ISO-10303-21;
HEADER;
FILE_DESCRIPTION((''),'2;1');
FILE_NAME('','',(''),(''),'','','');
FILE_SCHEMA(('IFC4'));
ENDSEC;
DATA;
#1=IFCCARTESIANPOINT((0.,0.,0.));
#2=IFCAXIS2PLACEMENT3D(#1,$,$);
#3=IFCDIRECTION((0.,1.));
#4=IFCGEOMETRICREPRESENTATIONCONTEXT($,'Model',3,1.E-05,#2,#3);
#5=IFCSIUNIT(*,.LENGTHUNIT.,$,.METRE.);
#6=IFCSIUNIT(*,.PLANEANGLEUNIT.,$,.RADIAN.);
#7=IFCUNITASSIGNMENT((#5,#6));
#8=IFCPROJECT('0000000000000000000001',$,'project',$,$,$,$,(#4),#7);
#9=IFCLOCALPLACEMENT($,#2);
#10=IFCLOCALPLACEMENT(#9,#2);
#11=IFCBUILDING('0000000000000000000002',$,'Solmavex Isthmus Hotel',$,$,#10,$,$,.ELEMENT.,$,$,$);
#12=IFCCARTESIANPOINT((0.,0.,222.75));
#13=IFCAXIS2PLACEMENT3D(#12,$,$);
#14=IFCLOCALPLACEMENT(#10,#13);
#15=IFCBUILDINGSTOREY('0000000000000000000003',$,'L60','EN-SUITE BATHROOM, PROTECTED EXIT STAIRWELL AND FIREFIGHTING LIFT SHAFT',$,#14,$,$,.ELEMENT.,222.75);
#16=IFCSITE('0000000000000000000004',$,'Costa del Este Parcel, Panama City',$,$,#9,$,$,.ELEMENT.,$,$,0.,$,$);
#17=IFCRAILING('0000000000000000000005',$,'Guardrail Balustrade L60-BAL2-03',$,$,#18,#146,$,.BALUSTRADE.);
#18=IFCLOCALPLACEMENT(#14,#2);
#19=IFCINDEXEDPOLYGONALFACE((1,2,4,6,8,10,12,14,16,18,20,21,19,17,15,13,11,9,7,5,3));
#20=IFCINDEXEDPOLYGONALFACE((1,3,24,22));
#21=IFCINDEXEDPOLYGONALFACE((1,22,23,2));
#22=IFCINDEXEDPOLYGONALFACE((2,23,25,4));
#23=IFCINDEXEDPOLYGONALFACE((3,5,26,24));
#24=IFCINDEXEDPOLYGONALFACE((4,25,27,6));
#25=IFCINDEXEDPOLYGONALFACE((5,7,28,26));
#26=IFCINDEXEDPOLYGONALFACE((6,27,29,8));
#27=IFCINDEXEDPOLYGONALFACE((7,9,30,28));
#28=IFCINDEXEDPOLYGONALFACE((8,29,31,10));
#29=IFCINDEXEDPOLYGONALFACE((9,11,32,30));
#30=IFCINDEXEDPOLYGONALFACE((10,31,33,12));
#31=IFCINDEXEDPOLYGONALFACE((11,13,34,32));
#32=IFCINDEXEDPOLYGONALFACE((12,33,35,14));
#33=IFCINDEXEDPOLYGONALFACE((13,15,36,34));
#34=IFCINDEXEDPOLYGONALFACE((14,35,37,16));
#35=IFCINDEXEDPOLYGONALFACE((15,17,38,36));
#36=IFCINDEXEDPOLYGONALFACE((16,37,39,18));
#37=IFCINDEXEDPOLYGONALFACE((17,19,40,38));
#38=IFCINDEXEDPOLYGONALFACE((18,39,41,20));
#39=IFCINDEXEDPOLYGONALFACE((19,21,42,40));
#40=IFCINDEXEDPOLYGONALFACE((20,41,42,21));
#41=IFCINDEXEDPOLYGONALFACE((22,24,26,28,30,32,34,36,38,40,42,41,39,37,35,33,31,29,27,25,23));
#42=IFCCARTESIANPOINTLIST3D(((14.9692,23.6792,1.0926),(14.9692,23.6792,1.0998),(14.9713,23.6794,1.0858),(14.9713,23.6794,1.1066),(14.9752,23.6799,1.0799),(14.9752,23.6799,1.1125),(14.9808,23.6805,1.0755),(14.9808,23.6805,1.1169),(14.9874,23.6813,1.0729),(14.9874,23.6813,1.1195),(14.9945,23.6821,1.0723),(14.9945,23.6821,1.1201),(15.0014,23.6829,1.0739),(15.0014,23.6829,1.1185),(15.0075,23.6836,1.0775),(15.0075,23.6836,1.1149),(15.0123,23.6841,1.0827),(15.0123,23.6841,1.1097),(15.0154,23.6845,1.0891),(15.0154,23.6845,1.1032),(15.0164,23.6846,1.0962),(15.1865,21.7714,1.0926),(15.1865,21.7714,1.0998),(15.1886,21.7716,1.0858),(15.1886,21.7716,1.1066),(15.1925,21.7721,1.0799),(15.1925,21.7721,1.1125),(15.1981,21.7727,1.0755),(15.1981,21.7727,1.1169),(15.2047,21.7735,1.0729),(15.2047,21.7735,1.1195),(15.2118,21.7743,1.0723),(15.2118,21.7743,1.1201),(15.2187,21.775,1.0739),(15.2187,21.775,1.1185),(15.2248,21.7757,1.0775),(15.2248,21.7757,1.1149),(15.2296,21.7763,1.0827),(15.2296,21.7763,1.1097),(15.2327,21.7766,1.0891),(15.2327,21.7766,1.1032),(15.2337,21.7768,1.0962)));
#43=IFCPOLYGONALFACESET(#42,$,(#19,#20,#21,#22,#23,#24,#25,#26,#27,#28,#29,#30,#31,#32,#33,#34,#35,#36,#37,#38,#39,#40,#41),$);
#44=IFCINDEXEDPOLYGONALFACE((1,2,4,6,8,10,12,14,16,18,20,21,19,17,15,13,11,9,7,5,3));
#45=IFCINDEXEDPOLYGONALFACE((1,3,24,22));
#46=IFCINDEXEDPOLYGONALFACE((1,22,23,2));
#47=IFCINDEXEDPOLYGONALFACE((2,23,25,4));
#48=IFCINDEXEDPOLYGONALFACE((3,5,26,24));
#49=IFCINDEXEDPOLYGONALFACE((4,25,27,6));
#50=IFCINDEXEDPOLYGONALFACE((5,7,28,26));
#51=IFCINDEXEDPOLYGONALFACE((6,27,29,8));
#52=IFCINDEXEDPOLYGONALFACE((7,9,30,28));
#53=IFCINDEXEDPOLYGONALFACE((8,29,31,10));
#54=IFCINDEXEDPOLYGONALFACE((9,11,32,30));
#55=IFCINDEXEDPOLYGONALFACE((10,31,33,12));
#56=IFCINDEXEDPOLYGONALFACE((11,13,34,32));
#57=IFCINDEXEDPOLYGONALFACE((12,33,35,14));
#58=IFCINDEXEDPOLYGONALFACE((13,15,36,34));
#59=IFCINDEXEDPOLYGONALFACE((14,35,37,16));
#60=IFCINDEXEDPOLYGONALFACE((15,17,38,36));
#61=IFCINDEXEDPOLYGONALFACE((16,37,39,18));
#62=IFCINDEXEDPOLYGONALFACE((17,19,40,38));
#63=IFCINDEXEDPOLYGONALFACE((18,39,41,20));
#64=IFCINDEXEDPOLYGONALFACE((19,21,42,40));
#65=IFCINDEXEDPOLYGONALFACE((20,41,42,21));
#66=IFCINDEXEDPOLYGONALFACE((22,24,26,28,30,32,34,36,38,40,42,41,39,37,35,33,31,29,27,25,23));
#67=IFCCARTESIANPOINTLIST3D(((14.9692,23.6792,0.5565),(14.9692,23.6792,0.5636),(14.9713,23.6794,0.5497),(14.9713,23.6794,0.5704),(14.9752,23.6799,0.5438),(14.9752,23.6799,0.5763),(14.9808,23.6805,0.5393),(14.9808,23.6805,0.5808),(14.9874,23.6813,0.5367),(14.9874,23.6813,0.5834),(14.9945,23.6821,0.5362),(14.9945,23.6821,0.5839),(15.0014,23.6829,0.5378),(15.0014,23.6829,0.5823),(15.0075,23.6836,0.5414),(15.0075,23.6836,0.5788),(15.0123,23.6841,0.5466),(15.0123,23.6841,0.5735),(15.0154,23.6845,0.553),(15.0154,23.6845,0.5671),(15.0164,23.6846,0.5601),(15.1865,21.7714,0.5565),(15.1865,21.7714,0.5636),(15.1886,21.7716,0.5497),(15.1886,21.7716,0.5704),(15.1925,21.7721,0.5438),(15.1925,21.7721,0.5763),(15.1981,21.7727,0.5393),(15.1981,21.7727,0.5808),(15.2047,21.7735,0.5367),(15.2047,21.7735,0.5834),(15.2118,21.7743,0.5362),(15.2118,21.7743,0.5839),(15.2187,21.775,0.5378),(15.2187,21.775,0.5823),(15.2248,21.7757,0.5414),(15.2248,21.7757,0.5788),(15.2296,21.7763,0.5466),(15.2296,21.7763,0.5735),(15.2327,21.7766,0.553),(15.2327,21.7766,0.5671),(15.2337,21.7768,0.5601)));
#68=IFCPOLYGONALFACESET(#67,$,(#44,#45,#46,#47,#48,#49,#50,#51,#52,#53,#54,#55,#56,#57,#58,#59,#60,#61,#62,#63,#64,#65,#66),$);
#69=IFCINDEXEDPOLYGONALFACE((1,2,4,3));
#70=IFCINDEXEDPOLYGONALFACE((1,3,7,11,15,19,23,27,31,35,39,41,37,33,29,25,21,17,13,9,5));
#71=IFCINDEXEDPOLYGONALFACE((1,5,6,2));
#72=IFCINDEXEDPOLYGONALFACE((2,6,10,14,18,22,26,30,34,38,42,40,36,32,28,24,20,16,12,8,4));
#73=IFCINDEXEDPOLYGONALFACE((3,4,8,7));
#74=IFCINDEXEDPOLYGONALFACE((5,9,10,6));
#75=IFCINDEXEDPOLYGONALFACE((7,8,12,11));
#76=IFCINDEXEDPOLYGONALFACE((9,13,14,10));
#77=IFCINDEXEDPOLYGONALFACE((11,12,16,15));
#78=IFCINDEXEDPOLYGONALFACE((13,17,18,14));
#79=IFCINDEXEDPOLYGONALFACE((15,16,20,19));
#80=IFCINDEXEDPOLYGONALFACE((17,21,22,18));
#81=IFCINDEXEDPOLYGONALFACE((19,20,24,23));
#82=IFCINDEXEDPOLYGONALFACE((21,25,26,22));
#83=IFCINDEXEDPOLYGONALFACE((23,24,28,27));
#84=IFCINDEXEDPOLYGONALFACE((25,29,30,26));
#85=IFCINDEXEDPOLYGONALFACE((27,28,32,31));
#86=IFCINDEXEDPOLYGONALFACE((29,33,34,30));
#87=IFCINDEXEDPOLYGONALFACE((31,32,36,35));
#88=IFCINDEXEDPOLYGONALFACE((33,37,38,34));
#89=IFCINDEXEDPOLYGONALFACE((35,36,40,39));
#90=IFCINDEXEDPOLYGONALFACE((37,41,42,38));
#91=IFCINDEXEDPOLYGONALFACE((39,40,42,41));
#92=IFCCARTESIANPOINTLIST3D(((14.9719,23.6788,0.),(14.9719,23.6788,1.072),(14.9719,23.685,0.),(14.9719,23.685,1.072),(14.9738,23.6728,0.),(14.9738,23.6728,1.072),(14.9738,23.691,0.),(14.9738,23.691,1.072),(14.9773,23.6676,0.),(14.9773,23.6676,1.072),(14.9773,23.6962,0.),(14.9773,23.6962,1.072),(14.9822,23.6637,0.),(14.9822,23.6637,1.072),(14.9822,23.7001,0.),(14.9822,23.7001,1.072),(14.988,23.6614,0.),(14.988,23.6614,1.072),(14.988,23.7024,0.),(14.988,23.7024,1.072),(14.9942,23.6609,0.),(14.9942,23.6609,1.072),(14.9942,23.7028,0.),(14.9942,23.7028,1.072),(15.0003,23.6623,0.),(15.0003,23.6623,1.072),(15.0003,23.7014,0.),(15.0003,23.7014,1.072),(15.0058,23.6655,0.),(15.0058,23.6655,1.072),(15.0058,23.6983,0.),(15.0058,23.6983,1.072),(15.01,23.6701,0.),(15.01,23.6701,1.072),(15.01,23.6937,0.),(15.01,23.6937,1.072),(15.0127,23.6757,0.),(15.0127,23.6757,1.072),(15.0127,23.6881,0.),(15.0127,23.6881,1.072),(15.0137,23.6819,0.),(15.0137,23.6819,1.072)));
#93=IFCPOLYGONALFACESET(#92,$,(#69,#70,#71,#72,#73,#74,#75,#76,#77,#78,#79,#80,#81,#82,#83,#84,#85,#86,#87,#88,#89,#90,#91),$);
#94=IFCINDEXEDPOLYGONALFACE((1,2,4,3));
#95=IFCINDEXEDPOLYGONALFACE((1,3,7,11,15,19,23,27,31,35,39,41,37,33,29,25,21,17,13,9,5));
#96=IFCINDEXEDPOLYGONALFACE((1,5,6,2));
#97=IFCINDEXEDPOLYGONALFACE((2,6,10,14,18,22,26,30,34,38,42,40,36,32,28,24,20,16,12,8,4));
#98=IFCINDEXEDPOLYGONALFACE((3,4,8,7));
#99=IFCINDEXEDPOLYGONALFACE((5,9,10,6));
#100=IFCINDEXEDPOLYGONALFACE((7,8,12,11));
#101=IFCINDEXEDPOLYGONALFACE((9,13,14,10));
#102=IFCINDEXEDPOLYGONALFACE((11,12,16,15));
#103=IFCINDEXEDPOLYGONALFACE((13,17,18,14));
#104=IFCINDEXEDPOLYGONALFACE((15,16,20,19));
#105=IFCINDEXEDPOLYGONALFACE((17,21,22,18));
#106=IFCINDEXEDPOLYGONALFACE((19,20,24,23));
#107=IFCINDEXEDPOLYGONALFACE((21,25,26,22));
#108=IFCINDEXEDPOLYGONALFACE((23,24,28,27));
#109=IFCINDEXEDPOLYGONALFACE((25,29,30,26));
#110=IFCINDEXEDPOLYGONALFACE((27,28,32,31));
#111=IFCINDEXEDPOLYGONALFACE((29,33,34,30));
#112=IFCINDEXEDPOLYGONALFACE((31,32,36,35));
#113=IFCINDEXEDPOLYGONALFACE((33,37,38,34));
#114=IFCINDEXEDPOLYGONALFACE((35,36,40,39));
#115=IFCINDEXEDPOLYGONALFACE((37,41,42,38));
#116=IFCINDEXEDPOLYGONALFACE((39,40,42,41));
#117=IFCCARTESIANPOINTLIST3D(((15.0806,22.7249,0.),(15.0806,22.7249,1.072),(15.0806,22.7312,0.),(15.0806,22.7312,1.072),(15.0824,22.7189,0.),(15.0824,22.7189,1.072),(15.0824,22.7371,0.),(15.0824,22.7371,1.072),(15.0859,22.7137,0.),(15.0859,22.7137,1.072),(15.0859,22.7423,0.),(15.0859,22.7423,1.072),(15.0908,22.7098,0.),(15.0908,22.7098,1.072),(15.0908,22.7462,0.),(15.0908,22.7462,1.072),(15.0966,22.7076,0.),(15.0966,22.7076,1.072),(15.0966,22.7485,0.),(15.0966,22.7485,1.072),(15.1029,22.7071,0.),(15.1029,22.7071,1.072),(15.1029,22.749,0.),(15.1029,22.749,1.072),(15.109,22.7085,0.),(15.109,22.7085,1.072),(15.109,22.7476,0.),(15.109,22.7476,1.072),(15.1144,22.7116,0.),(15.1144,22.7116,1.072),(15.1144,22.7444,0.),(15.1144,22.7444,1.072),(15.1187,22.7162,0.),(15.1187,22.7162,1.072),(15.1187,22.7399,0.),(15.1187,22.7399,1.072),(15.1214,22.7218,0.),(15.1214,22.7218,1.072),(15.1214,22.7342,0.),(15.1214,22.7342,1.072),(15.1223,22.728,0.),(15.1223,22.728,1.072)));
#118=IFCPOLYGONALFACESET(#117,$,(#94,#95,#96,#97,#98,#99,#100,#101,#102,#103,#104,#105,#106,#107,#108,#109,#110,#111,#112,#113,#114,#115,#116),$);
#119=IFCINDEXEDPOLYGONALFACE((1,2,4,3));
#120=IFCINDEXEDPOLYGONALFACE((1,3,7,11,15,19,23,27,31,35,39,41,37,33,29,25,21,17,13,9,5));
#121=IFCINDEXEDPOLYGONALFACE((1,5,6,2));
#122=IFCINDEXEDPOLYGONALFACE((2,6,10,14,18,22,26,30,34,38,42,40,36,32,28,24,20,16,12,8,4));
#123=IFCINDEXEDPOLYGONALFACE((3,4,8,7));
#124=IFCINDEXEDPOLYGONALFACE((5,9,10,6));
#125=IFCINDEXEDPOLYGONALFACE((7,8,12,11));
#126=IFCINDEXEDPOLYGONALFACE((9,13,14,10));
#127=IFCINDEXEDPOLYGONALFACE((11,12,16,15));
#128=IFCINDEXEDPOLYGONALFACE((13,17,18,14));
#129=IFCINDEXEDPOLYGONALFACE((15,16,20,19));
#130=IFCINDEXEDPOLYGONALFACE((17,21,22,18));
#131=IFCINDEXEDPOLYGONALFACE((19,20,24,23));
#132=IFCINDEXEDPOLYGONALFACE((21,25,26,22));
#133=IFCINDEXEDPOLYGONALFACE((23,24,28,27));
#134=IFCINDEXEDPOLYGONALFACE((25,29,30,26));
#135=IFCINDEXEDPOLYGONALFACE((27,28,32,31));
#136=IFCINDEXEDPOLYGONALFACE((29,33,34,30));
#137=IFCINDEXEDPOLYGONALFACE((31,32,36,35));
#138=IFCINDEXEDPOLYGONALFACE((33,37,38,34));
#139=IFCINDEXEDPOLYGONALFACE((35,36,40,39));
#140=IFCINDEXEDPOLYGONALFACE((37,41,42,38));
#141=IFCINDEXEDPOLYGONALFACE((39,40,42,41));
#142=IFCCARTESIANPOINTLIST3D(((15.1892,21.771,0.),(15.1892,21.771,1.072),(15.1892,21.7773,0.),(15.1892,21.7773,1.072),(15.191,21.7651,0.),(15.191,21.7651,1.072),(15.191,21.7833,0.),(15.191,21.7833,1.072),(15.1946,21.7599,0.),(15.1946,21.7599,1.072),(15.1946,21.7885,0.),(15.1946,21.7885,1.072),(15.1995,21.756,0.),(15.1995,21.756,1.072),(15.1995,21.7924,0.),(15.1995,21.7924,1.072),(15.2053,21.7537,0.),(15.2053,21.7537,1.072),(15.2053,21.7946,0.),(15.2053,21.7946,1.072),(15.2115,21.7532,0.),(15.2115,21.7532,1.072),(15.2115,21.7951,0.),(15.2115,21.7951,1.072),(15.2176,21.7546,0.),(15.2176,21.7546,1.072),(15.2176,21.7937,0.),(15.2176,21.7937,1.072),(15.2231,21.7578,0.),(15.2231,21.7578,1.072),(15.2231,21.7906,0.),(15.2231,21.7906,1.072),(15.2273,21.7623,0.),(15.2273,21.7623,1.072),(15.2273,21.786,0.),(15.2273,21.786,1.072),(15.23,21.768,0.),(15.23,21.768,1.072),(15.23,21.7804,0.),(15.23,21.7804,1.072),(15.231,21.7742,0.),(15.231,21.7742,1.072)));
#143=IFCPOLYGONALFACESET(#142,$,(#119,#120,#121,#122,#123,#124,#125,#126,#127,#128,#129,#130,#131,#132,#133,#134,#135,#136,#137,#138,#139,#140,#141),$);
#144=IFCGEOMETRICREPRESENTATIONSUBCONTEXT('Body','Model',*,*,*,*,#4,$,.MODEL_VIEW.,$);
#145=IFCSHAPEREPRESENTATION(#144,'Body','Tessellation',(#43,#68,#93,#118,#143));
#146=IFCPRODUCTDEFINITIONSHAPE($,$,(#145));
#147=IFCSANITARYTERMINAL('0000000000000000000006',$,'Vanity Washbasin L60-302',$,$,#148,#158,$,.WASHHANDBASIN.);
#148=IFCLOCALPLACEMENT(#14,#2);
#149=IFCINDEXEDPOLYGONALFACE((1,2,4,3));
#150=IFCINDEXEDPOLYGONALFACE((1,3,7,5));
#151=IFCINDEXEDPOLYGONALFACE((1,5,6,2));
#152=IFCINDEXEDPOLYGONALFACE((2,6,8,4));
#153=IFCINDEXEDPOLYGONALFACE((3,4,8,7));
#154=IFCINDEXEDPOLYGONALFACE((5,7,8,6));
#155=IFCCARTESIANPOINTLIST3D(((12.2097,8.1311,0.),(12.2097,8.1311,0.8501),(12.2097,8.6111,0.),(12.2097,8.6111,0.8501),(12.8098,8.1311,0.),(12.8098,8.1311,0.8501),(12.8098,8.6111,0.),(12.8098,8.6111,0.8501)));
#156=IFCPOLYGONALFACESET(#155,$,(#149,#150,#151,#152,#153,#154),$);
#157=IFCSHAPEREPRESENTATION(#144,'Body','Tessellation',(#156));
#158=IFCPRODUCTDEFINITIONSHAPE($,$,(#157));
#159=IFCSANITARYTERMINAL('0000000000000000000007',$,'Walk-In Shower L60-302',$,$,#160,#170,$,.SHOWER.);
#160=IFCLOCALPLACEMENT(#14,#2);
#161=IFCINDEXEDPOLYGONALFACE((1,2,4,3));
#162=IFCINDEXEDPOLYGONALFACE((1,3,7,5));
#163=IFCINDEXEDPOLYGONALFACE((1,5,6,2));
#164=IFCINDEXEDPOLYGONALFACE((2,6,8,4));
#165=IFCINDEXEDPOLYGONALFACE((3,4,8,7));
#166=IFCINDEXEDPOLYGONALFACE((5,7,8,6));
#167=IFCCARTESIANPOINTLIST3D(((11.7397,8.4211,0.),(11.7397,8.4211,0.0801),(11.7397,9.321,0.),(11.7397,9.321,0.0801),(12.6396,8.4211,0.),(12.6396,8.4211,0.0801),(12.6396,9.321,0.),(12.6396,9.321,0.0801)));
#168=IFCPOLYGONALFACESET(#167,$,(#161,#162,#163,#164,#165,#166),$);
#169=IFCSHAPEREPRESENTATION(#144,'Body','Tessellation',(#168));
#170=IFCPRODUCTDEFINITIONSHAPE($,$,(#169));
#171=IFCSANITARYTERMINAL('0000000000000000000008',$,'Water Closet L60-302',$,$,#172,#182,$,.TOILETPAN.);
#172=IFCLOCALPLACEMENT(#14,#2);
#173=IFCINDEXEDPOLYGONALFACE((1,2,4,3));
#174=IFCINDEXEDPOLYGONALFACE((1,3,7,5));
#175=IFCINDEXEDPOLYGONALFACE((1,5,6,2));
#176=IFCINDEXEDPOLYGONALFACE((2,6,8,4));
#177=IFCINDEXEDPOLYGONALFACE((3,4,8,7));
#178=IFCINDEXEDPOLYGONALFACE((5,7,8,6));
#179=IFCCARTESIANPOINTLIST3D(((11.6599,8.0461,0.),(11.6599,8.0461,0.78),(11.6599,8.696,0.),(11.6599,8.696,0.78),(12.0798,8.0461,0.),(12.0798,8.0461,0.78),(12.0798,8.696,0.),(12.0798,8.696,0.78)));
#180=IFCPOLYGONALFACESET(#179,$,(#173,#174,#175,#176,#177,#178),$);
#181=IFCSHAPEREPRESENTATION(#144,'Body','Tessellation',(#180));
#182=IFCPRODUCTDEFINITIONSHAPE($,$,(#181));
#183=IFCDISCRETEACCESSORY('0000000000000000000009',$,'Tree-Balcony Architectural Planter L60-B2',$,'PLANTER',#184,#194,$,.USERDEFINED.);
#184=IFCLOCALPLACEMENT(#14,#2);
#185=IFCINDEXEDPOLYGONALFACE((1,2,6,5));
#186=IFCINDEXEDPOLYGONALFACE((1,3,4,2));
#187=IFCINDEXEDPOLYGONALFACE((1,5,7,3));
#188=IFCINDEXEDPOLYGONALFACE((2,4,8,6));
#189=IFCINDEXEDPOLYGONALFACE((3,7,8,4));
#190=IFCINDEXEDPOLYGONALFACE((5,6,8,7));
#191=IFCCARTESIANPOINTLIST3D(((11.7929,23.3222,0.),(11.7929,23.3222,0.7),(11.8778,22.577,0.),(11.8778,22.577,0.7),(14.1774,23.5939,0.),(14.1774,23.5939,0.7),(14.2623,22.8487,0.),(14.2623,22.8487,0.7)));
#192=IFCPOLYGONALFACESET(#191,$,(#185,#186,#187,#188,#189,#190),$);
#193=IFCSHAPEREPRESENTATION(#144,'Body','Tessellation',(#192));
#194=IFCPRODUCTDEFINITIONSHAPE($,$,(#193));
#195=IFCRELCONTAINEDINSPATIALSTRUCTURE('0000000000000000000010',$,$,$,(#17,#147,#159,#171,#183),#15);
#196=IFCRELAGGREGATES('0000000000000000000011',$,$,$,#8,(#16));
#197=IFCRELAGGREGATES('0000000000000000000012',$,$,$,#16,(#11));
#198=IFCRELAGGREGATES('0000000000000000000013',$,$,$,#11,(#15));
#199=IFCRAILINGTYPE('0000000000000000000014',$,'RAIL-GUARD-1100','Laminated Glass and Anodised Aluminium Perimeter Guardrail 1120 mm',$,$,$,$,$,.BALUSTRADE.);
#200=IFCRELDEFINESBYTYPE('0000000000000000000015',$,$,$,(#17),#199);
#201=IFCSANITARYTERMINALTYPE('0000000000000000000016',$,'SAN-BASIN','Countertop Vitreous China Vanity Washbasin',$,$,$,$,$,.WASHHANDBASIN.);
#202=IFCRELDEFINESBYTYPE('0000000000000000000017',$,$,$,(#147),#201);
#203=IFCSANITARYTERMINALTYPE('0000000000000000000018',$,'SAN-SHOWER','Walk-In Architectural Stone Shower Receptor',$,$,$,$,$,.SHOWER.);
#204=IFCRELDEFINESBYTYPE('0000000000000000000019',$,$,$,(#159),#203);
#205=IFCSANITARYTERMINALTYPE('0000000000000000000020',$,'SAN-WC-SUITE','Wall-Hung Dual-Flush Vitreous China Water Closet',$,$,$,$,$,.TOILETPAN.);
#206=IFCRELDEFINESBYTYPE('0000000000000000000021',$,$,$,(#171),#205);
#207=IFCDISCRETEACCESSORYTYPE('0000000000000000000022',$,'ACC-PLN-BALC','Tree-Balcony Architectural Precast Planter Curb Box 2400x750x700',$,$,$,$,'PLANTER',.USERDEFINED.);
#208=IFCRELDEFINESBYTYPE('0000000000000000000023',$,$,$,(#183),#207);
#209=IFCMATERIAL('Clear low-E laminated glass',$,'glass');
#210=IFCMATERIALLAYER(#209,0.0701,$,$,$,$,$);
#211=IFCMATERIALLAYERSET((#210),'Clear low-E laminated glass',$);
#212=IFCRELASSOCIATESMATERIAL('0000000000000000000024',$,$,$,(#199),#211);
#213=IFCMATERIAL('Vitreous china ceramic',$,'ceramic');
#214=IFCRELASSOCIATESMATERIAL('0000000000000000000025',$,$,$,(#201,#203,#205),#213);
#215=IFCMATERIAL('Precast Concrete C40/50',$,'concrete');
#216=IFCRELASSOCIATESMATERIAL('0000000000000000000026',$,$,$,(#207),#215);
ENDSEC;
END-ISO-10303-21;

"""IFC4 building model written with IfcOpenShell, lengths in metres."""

from ifc_helpers import new_model, si_unit, direction, frame, origin, origin_2d, place, context, subcontext, project, spatial, rectangle, circle, extrude, material, layer, layer_set, type_object, element, save


model = new_model("IFC4")

# Units and contexts
model_context = context("Model", 3, precision=1e-05, world=origin(), true_north=direction((0.0, 1.0)))
body_context = subcontext(model_context, "Body", "Model", "MODEL_VIEW")
ifc_project = project(units=[si_unit("LENGTHUNIT", "METRE"), si_unit("PLANEANGLEUNIT", "RADIAN")], contexts=[model_context])

# Site, building, storey
site_placement = place(None, origin())
site = spatial("IfcSite", under=ifc_project, at=site_placement, Name="Costa del Este Parcel, Panama City", CompositionType="ELEMENT", RefElevation=0.0)
building_placement = place(site_placement, origin())
building = spatial("IfcBuilding", under=site, at=building_placement, Name="Solmavex Isthmus Hotel", CompositionType="ELEMENT")
storey_placement = place(building_placement, frame((0.0, 0.0, 222.75)))
storey = spatial("IfcBuildingStorey", under=building, at=storey_placement, Name="L60", Description="EN-SUITE BATHROOM, PROTECTED EXIT STAIRWELL AND FIREFIGHTING LIFT SHAFT", CompositionType="ELEMENT", Elevation=222.75)

# Shared definitions
ifc_material_1 = material(Name="Clear low-E laminated glass", Category="glass")

# Shared definitions
ifc_material_2 = material(Name="Precast Concrete C40/50", Category="concrete")

# Railing
ifc_layer_1 = layer(ifc_material_1, 0.0701)
ifc_layer_set_1 = layer_set([ifc_layer_1], Name="Clear low-E laminated glass")
railing_type_1 = type_object("IfcRailingType", Name="RAIL-GUARD-1100", Description="Laminated Glass and Anodised Aluminium Perimeter Guardrail 1120 mm", PredefinedType="BALUSTRADE", material=ifc_layer_set_1)
railing_1_placement = place(storey_placement, frame((14.9927, 23.6819, 0.0)))
element("IfcRailing", 1, at=railing_1_placement, inside=storey, type_object=railing_type_1, Name="Guardrail Balustrade L60-BAL2-03", PredefinedType="BALUSTRADE", context=body_context, shape_type="SweptSolid", body=[
    extrude(circle(Radius=0.0239, at=origin_2d()), frame((0.0, 0.0, 1.0962), z_axis=(0.113166, -0.993576, 0.0), x_axis=(0.993576, 0.113166, 0.0)), (0.0, 0.0, 1.0), 1.9202),
    extrude(circle(Radius=0.0239, at=origin_2d()), frame((0.0, 0.0, 0.5601), z_axis=(0.113166, -0.993576, 0.0), x_axis=(0.993576, 0.113166, 0.0)), (0.0, 0.0, 1.0), 1.9202),
    extrude(circle(Radius=0.021, at=origin_2d()), origin(), (0.0, 0.0, 1.0), 1.072),
    extrude(circle(Radius=0.021, at=origin_2d()), frame((0.1086, -0.9539, 0.0)), (0.0, 0.0, 1.0), 1.072),
    extrude(circle(Radius=0.021, at=origin_2d()), frame((0.2173, -1.9077, 0.0)), (0.0, 0.0, 1.0), 1.072),
])

# Sanitary terminals
ifc_material_3 = material(Name="Vitreous china ceramic", Category="ceramic")
sanitary_terminal_type_1 = type_object("IfcSanitaryTerminalType", Name="SAN-BASIN", Description="Countertop Vitreous China Vanity Washbasin", PredefinedType="WASHHANDBASIN", material=ifc_material_3)
sanitary_terminal_1_placement = place(storey_placement, frame((12.5098, 8.3711, 0.0), z_axis=(0.0, 0.0, 1.0), x_axis=(1.0, 0.0, 0.0)))
element("IfcSanitaryTerminal", 2, at=sanitary_terminal_1_placement, inside=storey, type_object=sanitary_terminal_type_1, Name="Vanity Washbasin L60-302", PredefinedType="WASHHANDBASIN", context=body_context, shape_type="SweptSolid", body=[
    extrude(rectangle(XDim=0.6001, YDim=0.48, at=origin_2d()), origin(), (0.0, 0.0, 1.0), 0.8501),
])
sanitary_terminal_type_2 = type_object("IfcSanitaryTerminalType", Name="SAN-SHOWER", Description="Walk-In Architectural Stone Shower Receptor", PredefinedType="SHOWER", material=ifc_material_3)
sanitary_terminal_2_placement = place(storey_placement, frame((12.1897, 8.8711, 0.0), z_axis=(0.0, 0.0, 1.0), x_axis=(1.0, 0.0, 0.0)))
element("IfcSanitaryTerminal", 3, at=sanitary_terminal_2_placement, inside=storey, type_object=sanitary_terminal_type_2, Name="Walk-In Shower L60-302", PredefinedType="SHOWER", context=body_context, shape_type="SweptSolid", body=[
    extrude(rectangle(XDim=0.8999, YDim=0.8999, at=origin_2d()), origin(), (0.0, 0.0, 1.0), 0.0801),
])
sanitary_terminal_type_3 = type_object("IfcSanitaryTerminalType", Name="SAN-WC-SUITE", Description="Wall-Hung Dual-Flush Vitreous China Water Closet", PredefinedType="TOILETPAN", material=ifc_material_3)
sanitary_terminal_3_placement = place(storey_placement, frame((11.8699, 8.3711, 0.0), z_axis=(0.0, 0.0, 1.0), x_axis=(1.0, 0.0, 0.0)))
element("IfcSanitaryTerminal", 4, at=sanitary_terminal_3_placement, inside=storey, type_object=sanitary_terminal_type_3, Name="Water Closet L60-302", PredefinedType="TOILETPAN", context=body_context, shape_type="SweptSolid", body=[
    extrude(rectangle(XDim=0.4199, YDim=0.6499, at=origin_2d()), origin(), (0.0, 0.0, 1.0), 0.78),
])

# Discrete accessory
discrete_accessory_type = type_object("IfcDiscreteAccessoryType", Name="ACC-PLN-BALC", Description="Tree-Balcony Architectural Precast Planter Curb Box 2400x750x700", ElementType="PLANTER", PredefinedType="USERDEFINED", material=ifc_material_2)
discrete_accessory_placement = place(storey_placement, frame((13.0276, 23.0854, 0.0), z_axis=(0.0, 0.0, 1.0), x_axis=(0.993572, 0.113203, 0.0)))
element("IfcDiscreteAccessory", 5, at=discrete_accessory_placement, inside=storey, type_object=discrete_accessory_type, Name="Tree-Balcony Architectural Planter L60-B2", ObjectType="PLANTER", PredefinedType="USERDEFINED", context=body_context, shape_type="SweptSolid", body=[
    extrude(rectangle(XDim=2.3999, YDim=0.75, at=origin_2d()), origin(), (0.0, 0.0, 1.0), 0.7),
])

save(model, "model.ifc")
